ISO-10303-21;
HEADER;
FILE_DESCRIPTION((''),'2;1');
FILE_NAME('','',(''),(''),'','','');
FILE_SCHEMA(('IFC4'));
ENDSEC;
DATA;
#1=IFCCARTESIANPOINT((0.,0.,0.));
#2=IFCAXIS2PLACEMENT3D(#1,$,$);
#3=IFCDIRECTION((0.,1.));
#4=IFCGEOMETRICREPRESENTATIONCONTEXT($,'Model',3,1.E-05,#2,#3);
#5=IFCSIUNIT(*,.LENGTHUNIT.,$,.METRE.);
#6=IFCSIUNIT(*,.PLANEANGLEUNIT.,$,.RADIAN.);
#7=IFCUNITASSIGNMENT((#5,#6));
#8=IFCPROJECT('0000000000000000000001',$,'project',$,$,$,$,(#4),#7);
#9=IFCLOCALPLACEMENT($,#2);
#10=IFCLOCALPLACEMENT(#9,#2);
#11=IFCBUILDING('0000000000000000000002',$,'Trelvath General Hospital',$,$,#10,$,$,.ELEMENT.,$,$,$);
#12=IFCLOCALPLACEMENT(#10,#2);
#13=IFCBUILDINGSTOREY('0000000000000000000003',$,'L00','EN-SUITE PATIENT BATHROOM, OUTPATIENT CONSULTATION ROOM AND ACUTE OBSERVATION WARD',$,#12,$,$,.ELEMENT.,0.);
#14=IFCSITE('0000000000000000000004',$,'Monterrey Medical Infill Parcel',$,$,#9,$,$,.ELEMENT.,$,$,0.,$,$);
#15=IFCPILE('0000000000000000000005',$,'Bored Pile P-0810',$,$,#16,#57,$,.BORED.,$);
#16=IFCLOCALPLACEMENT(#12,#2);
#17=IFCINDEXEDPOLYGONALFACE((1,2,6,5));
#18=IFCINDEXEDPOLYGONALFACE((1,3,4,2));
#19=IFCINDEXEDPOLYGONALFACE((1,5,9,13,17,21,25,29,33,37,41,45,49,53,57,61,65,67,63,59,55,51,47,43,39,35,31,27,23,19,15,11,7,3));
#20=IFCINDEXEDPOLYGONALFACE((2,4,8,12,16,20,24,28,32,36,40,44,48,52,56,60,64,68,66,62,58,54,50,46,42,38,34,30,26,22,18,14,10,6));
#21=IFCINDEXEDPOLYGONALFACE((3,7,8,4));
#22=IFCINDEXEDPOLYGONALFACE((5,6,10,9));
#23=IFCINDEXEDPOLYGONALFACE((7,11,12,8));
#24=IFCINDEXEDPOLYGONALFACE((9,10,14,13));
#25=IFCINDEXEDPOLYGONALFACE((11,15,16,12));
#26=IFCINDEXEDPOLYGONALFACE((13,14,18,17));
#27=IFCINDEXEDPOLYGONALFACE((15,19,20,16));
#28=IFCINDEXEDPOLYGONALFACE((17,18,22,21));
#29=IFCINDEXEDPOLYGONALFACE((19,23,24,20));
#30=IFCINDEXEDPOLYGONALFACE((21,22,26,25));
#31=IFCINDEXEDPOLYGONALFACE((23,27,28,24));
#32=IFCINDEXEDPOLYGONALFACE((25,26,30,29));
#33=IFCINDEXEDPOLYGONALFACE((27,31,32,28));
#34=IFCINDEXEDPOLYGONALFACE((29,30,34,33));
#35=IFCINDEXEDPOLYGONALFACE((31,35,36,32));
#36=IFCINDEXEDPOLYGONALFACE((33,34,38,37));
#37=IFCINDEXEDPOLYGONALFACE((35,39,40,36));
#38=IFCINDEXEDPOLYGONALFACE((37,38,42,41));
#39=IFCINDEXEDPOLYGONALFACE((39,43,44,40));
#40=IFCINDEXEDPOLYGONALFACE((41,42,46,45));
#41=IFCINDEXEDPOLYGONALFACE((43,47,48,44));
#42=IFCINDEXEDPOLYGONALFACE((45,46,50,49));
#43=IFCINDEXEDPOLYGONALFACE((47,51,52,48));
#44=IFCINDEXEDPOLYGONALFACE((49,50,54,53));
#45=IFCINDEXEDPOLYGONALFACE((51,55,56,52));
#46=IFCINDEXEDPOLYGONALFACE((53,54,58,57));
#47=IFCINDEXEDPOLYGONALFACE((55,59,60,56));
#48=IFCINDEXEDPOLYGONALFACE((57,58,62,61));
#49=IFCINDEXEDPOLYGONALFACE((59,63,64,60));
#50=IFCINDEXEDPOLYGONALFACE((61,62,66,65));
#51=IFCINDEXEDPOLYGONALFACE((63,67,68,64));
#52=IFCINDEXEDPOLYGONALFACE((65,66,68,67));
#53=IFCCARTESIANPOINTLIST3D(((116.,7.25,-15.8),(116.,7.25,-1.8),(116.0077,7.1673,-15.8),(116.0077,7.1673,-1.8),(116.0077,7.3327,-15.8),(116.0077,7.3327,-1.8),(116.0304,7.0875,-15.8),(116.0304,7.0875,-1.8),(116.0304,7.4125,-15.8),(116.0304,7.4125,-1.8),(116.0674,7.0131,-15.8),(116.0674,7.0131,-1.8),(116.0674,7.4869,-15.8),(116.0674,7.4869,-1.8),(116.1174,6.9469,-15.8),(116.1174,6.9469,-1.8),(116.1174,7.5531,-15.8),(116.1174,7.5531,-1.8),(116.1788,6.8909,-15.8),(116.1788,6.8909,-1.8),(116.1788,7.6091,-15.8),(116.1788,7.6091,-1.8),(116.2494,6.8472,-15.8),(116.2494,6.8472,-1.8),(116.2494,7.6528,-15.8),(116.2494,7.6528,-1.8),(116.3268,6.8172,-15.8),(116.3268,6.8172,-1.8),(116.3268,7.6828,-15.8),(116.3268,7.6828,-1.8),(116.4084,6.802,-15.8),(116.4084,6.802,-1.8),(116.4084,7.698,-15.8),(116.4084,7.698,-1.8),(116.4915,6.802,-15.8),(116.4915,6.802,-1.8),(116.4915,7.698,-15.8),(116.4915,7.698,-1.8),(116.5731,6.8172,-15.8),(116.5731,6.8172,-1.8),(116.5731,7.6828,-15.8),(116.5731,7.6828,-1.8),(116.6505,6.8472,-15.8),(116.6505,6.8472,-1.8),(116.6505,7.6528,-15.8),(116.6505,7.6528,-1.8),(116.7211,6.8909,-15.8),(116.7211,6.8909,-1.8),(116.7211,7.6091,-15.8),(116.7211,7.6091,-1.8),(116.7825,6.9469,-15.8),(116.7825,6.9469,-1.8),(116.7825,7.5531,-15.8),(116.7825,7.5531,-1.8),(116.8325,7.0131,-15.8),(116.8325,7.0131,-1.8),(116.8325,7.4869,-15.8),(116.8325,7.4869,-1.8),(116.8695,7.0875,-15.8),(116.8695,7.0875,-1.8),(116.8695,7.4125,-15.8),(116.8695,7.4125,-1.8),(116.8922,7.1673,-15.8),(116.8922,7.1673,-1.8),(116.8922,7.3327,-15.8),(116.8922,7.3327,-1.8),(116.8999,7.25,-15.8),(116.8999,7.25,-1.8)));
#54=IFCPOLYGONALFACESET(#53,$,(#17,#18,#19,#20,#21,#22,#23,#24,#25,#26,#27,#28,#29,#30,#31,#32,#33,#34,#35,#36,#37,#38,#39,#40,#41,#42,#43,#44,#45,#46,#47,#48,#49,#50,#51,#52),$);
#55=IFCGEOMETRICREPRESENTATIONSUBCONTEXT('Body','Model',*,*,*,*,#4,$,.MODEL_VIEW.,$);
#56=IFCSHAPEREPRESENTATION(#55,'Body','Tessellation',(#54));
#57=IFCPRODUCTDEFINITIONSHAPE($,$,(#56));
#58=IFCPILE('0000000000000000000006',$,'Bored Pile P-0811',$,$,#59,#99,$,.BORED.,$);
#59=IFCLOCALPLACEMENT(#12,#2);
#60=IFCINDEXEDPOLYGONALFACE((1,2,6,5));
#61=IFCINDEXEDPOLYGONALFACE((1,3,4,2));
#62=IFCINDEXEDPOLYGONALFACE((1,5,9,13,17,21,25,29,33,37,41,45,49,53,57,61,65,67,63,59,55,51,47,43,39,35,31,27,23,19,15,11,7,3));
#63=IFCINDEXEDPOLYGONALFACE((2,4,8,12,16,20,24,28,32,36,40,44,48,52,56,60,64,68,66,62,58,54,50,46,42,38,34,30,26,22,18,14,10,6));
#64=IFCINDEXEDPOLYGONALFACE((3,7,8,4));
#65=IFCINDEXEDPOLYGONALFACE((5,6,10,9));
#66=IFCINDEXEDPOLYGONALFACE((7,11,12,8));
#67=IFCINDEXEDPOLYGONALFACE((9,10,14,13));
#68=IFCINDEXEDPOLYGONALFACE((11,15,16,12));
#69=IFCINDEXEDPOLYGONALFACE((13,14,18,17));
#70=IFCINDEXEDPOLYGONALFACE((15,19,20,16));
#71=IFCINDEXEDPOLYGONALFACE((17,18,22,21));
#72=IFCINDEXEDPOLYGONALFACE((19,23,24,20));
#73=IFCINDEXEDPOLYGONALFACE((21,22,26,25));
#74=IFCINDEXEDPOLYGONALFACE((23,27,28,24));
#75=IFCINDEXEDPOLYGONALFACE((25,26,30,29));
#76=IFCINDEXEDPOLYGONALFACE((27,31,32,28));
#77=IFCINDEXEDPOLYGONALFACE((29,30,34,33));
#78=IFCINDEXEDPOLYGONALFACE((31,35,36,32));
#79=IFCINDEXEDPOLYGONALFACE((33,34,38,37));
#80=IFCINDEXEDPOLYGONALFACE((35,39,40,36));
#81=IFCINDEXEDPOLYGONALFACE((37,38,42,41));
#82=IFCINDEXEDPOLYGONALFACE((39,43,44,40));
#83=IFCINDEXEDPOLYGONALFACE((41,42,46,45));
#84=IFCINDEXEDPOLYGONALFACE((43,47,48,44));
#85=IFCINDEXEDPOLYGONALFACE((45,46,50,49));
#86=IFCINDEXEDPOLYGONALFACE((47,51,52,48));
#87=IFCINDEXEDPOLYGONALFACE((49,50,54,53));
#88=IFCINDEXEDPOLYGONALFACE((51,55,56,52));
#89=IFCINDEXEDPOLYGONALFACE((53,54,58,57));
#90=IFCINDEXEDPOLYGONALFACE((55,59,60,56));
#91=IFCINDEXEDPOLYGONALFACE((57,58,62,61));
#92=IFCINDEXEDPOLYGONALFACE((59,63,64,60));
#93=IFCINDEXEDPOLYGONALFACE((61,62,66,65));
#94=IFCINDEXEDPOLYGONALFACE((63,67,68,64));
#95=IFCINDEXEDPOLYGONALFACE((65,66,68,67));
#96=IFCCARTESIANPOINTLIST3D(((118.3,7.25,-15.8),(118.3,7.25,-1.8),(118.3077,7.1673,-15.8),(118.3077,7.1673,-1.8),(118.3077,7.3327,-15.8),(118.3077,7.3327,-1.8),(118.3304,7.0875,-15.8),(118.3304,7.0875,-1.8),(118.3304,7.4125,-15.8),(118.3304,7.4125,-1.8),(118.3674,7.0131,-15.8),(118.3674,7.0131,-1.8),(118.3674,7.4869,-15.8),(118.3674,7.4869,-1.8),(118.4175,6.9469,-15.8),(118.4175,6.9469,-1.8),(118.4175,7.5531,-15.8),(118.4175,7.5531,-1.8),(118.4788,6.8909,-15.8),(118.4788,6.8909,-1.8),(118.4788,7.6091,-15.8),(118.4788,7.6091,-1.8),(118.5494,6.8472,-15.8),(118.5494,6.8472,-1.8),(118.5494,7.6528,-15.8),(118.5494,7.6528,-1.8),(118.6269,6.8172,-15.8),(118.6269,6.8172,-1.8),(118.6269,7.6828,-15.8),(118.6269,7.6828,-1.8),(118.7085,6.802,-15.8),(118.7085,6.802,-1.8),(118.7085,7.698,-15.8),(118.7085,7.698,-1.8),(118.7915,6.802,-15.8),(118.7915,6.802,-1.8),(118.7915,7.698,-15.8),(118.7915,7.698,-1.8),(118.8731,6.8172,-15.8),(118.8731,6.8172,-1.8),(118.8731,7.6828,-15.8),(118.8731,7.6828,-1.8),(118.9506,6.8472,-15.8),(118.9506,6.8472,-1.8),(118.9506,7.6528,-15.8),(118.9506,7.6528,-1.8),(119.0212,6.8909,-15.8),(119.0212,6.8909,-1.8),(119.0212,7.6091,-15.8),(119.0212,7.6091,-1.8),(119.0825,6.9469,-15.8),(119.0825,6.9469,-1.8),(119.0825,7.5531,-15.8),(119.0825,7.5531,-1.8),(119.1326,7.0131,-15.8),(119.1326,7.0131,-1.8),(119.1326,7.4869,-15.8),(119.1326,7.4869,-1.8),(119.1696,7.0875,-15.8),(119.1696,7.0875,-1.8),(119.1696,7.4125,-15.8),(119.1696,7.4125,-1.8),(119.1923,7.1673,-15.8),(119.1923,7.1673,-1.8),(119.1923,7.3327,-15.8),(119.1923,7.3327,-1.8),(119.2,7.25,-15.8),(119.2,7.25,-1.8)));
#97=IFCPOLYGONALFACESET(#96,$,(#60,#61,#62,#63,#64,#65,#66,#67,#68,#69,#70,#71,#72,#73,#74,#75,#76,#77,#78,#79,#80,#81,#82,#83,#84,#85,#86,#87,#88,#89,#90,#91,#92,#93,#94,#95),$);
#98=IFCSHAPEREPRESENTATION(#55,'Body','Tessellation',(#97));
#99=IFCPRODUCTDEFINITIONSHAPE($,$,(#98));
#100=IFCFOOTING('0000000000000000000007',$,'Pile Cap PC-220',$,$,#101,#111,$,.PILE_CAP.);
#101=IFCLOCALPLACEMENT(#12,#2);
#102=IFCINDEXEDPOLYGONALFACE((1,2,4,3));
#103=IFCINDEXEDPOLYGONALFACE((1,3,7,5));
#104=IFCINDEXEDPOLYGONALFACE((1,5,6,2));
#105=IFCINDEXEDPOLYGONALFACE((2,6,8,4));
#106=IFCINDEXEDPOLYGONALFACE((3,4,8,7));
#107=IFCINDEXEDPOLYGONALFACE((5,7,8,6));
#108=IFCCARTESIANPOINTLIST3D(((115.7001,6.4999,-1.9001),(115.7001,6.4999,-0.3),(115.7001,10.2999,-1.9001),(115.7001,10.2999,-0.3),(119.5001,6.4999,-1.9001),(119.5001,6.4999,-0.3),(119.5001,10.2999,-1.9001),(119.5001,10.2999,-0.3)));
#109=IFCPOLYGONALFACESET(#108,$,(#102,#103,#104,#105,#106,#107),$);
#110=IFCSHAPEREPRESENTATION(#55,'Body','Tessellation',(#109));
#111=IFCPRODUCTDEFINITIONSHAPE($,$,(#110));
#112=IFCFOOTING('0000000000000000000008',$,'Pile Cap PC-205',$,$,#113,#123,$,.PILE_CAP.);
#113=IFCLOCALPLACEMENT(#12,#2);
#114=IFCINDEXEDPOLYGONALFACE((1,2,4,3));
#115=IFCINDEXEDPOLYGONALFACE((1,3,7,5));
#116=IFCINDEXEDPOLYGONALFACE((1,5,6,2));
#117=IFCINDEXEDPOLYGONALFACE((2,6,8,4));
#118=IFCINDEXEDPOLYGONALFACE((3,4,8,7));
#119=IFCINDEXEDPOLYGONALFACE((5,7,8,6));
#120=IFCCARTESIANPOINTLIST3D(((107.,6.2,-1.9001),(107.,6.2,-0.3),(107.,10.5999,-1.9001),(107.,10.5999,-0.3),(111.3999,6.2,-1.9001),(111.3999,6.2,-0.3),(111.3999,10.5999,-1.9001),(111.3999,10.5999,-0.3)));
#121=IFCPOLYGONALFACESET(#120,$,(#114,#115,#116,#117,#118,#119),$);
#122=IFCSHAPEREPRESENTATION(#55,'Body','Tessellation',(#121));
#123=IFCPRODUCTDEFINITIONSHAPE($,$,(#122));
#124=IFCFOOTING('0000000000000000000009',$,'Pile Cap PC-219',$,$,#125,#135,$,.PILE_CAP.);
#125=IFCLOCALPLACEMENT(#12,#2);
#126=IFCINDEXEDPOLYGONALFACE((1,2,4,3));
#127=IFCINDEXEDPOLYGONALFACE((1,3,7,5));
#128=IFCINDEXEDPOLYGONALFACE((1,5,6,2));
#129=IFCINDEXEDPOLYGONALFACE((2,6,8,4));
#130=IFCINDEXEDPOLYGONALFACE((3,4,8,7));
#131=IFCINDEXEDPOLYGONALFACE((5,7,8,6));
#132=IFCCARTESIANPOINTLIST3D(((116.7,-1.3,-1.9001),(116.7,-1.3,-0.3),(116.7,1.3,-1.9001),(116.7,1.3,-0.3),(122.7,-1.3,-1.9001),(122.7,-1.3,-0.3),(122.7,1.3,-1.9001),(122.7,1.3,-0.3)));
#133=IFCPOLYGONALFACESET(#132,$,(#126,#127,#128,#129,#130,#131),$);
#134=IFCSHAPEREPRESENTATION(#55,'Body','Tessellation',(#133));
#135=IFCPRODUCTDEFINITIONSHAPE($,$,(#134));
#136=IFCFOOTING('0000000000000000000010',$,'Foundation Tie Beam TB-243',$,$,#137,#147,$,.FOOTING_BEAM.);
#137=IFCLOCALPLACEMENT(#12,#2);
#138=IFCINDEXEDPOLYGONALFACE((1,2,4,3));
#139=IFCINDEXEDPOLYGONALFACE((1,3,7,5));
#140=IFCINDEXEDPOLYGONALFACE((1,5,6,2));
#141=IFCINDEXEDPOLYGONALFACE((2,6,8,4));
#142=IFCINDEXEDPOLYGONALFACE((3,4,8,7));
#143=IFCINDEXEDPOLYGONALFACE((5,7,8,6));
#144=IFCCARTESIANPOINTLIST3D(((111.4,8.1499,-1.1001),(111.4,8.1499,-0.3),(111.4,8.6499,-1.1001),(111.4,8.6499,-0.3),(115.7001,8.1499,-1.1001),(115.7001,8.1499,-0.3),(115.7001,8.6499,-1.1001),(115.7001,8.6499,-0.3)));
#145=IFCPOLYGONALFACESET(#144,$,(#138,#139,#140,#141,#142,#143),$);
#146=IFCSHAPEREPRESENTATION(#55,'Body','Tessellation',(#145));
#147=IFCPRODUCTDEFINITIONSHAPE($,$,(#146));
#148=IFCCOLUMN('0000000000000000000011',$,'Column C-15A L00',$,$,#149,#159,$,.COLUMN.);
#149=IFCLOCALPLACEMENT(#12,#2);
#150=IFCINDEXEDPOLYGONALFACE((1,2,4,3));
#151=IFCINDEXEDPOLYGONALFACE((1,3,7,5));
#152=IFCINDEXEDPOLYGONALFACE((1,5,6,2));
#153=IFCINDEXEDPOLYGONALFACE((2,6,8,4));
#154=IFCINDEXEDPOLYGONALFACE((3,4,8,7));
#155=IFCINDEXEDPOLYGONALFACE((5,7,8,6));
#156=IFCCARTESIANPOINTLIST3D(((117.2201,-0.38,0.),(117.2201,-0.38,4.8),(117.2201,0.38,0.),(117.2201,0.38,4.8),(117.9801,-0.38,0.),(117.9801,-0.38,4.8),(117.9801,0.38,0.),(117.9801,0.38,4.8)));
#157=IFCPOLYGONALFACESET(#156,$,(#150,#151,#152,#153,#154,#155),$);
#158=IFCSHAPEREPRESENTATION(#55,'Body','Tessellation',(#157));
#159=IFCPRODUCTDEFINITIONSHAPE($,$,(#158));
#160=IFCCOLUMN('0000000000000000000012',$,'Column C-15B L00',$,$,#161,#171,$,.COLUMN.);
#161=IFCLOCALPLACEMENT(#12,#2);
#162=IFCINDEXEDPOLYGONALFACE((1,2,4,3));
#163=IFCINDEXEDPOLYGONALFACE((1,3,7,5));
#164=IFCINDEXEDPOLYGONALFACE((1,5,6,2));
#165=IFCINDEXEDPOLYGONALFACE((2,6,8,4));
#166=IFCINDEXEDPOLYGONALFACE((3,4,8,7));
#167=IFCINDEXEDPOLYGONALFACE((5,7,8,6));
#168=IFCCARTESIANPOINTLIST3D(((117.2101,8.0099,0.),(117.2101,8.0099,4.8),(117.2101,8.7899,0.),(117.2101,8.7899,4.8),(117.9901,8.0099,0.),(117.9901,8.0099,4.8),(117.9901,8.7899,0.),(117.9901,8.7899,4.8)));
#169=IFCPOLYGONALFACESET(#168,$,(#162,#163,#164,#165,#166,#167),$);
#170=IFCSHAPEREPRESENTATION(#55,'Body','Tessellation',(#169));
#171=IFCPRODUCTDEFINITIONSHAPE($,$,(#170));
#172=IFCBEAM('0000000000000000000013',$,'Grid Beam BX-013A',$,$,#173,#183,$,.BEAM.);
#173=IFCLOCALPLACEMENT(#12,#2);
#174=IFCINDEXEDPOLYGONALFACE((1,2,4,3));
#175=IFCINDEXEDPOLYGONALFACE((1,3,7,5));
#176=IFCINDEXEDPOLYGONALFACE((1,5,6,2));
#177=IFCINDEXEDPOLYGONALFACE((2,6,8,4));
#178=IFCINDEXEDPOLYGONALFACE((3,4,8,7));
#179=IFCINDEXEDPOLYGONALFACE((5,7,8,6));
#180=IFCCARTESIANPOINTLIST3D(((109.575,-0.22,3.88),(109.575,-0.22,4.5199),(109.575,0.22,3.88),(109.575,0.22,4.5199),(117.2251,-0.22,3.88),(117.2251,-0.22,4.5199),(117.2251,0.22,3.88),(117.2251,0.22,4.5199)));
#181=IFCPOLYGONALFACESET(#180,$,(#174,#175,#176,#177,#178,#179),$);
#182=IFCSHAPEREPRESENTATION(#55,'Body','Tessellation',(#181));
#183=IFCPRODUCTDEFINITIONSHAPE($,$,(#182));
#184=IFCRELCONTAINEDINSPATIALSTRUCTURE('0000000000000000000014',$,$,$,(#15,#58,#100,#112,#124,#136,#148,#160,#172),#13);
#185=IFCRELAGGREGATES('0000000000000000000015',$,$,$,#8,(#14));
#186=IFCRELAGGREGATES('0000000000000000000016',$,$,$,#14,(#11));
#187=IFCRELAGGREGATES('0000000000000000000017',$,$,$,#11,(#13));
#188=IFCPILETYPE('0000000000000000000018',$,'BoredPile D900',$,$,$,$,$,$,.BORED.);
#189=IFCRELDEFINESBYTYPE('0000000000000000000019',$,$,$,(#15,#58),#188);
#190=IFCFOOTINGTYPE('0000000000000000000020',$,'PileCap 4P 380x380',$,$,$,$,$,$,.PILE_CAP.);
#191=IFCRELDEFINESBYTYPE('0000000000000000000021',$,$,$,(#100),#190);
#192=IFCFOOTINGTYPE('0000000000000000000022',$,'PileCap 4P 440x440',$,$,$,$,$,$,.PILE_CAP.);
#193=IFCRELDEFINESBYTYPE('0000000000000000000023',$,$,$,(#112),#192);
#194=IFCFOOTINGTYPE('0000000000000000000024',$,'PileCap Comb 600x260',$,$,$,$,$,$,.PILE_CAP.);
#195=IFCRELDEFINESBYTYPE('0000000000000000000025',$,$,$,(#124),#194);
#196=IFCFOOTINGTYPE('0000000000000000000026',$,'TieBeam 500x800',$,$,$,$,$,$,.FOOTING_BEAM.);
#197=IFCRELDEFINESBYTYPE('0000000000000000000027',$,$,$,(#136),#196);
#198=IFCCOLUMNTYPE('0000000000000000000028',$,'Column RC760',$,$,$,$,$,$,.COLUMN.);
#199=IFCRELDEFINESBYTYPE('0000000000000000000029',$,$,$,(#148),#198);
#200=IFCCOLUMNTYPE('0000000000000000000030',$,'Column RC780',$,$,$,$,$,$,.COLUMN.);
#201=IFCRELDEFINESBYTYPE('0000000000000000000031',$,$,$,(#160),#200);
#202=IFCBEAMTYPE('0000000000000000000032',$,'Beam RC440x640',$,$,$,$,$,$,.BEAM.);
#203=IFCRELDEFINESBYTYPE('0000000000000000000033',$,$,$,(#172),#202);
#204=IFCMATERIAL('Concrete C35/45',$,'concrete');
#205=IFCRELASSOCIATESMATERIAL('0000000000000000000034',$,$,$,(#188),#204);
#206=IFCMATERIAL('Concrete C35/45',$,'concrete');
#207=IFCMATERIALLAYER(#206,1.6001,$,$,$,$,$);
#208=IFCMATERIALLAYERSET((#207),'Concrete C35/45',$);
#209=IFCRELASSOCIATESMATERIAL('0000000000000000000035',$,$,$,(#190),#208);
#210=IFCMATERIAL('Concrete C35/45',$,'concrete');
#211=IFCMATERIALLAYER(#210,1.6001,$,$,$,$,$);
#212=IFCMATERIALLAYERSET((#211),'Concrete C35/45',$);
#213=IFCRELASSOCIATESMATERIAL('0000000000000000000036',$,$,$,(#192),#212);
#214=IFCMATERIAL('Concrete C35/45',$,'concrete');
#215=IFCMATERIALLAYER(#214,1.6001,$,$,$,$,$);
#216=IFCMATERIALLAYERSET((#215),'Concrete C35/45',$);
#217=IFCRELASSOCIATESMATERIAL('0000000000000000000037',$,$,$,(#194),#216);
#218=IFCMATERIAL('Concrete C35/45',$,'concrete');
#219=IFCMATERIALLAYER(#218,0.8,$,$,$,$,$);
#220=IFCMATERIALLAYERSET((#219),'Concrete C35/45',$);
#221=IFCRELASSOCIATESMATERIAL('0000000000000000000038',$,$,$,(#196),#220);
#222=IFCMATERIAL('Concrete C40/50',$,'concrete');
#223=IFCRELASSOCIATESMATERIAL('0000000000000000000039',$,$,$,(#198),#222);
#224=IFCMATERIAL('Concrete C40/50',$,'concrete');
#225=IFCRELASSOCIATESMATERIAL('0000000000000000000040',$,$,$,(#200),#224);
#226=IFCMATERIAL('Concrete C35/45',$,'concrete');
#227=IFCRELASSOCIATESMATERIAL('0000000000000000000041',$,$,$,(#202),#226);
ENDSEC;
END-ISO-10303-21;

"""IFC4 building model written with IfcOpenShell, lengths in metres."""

from ifc_helpers import new_model, si_unit, direction, frame, origin, origin_2d, place, context, subcontext, project, spatial, rectangle, circle, extrude, material, layer, layer_set, material_profile, profile_set, type_object, element, save


model = new_model("IFC4")

# Units and contexts
model_context = context("Model", 3, precision=1e-05, world=origin(), true_north=direction((0.0, 1.0)))
body_context = subcontext(model_context, "Body", "Model", "MODEL_VIEW")
ifc_project = project(units=[si_unit("LENGTHUNIT", "METRE"), si_unit("PLANEANGLEUNIT", "RADIAN")], contexts=[model_context])

# Site, building, storey
site_placement = place(None, origin())
site = spatial("IfcSite", under=ifc_project, at=site_placement, Name="Monterrey Medical Infill Parcel", CompositionType="ELEMENT", RefElevation=0.0)
building_placement = place(site_placement, origin())
building = spatial("IfcBuilding", under=site, at=building_placement, Name="Trelvath General Hospital", CompositionType="ELEMENT")
storey_placement = place(building_placement, origin())
storey = spatial("IfcBuildingStorey", under=building, at=storey_placement, Name="L00", Description="EN-SUITE PATIENT BATHROOM, OUTPATIENT CONSULTATION ROOM AND ACUTE OBSERVATION WARD", CompositionType="ELEMENT", Elevation=0.0)

# Piles
ifc_material_1 = material(Name="Concrete C35/45", Category="concrete")
ifc_material_profile_1 = material_profile(ifc_material_1, circle(Radius=0.45, at=origin_2d()), Name="PILE900")
ifc_profile_set_1 = profile_set([ifc_material_profile_1], Name="Concrete C35/45")
pile_type_1 = type_object("IfcPileType", Name="BoredPile D900", PredefinedType="BORED", material=ifc_profile_set_1)
for number, where, z_axis, x_axis, name in (
    (1, (116.45, 7.25, -1.8), (0.0, 0.0, -1.0), (1.0, 0.0, 0.0), "Bored Pile P-0810"),
    (2, (118.75, 7.25, -1.8), (0.0, 0.0, -1.0), (1.0, 0.0, 0.0), "Bored Pile P-0811"),
):
    element("IfcPile", number, at=place(storey_placement, frame(where, z_axis=z_axis, x_axis=x_axis)), inside=storey, type_object=pile_type_1, Name=name, PredefinedType="BORED", context=body_context, shape_type="SweptSolid", body=[
        extrude(circle(Radius=0.45, at=origin_2d()), origin(), (0.0, 0.0, 1.0), 14.0),
    ])

# Footings
ifc_material_2 = material(Name="Concrete C35/45", Category="concrete")
ifc_layer_1 = layer(ifc_material_2, 1.6001)
ifc_layer_set_1 = layer_set([ifc_layer_1], Name="Concrete C35/45")
footing_type_1 = type_object("IfcFootingType", Name="PileCap 4P 380x380", PredefinedType="PILE_CAP", material=ifc_layer_set_1)
footing_1_placement = place(storey_placement, frame((117.6001, 8.3999, -1.9001), z_axis=(0.0, 0.0, 1.0), x_axis=(1.0, 0.0, 0.0)))
element("IfcFooting", 3, at=footing_1_placement, inside=storey, type_object=footing_type_1, Name="Pile Cap PC-220", PredefinedType="PILE_CAP", context=body_context, shape_type="SweptSolid", body=[
    extrude(rectangle(XDim=3.8, YDim=3.8, at=origin_2d()), origin(), (0.0, 0.0, 1.0), 1.6001),
])
ifc_material_3 = material(Name="Concrete C35/45", Category="concrete")
ifc_layer_2 = layer(ifc_material_3, 1.6001)
ifc_layer_set_2 = layer_set([ifc_layer_2], Name="Concrete C35/45")
footing_type_2 = type_object("IfcFootingType", Name="PileCap 4P 440x440", PredefinedType="PILE_CAP", material=ifc_layer_set_2)
footing_2_placement = place(storey_placement, frame((109.2, 8.3999, -1.9001), z_axis=(0.0, 0.0, 1.0), x_axis=(1.0, 0.0, 0.0)))
element("IfcFooting", 4, at=footing_2_placement, inside=storey, type_object=footing_type_2, Name="Pile Cap PC-205", PredefinedType="PILE_CAP", context=body_context, shape_type="SweptSolid", body=[
    extrude(rectangle(XDim=4.3999, YDim=4.3999, at=origin_2d()), origin(), (0.0, 0.0, 1.0), 1.6001),
])
ifc_material_4 = material(Name="Concrete C35/45", Category="concrete")
ifc_layer_3 = layer(ifc_material_4, 1.6001)
ifc_layer_set_3 = layer_set([ifc_layer_3], Name="Concrete C35/45")
footing_type_3 = type_object("IfcFootingType", Name="PileCap Comb 600x260", PredefinedType="PILE_CAP", material=ifc_layer_set_3)
footing_3_placement = place(storey_placement, frame((119.7, 0.0, -1.9001), z_axis=(0.0, 0.0, 1.0), x_axis=(1.0, 0.0, 0.0)))
element("IfcFooting", 5, at=footing_3_placement, inside=storey, type_object=footing_type_3, Name="Pile Cap PC-219", PredefinedType="PILE_CAP", context=body_context, shape_type="SweptSolid", body=[
    extrude(rectangle(XDim=6.0, YDim=2.6001, at=origin_2d()), origin(), (0.0, 0.0, 1.0), 1.6001),
])
ifc_material_5 = material(Name="Concrete C35/45", Category="concrete")
ifc_layer_4 = layer(ifc_material_5, 0.8)
ifc_layer_set_4 = layer_set([ifc_layer_4], Name="Concrete C35/45")
footing_type_4 = type_object("IfcFootingType", Name="TieBeam 500x800", PredefinedType="FOOTING_BEAM", material=ifc_layer_set_4)
footing_4_placement = place(storey_placement, frame((113.55, 8.3999, -1.1001), z_axis=(0.0, 0.0, 1.0), x_axis=(1.0, 0.0, 0.0)))
element("IfcFooting", 6, at=footing_4_placement, inside=storey, type_object=footing_type_4, Name="Foundation Tie Beam TB-243", PredefinedType="FOOTING_BEAM", context=body_context, shape_type="SweptSolid", body=[
    extrude(rectangle(XDim=4.3, YDim=0.5, at=origin_2d()), origin(), (0.0, 0.0, 1.0), 0.8),
])

# Columns
ifc_material_6 = material(Name="Concrete C40/50", Category="concrete")
ifc_material_profile_2 = material_profile(ifc_material_6, rectangle(XDim=0.76, YDim=0.76, at=origin_2d()), Name="RC760x760")
ifc_profile_set_2 = profile_set([ifc_material_profile_2], Name="Concrete C40/50")
column_type_1 = type_object("IfcColumnType", Name="Column RC760", PredefinedType="COLUMN", material=ifc_profile_set_2)
column_1_placement = place(storey_placement, frame((117.6001, 0.0, 0.0), z_axis=(0.0, 0.0, 1.0), x_axis=(1.0, 0.0, 0.0)))
element("IfcColumn", 7, at=column_1_placement, inside=storey, type_object=column_type_1, Name="Column C-15A L00", PredefinedType="COLUMN", context=body_context, shape_type="SweptSolid", body=[
    extrude(rectangle(XDim=0.76, YDim=0.76, at=origin_2d()), origin(), (0.0, 0.0, 1.0), 4.8),
])
ifc_material_7 = material(Name="Concrete C40/50", Category="concrete")
ifc_material_profile_3 = material_profile(ifc_material_7, rectangle(XDim=0.78, YDim=0.78, at=origin_2d()), Name="RC780x780")
ifc_profile_set_3 = profile_set([ifc_material_profile_3], Name="Concrete C40/50")
column_type_2 = type_object("IfcColumnType", Name="Column RC780", PredefinedType="COLUMN", material=ifc_profile_set_3)
column_2_placement = place(storey_placement, frame((117.6001, 8.3999, 0.0), z_axis=(0.0, 0.0, 1.0), x_axis=(1.0, 0.0, 0.0)))
element("IfcColumn", 8, at=column_2_placement, inside=storey, type_object=column_type_2, Name="Column C-15B L00", PredefinedType="COLUMN", context=body_context, shape_type="SweptSolid", body=[
    extrude(rectangle(XDim=0.78, YDim=0.78, at=origin_2d()), origin(), (0.0, 0.0, 1.0), 4.8),
])

# Beam
ifc_material_8 = material(Name="Concrete C35/45", Category="concrete")
ifc_material_profile_4 = material_profile(ifc_material_8, rectangle(XDim=0.4399, YDim=0.6399, at=origin_2d()), Name="RCB440x640")
ifc_profile_set_4 = profile_set([ifc_material_profile_4], Name="Concrete C35/45")
beam_type_1 = type_object("IfcBeamType", Name="Beam RC440x640", PredefinedType="BEAM", material=ifc_profile_set_4)
beam_1_placement = place(storey_placement, frame((109.575, 0.0, 4.2), z_axis=(1.0, 0.0, 0.0), x_axis=(0.0, 1.0, 0.0)))
element("IfcBeam", 9, at=beam_1_placement, inside=storey, type_object=beam_type_1, Name="Grid Beam BX-013A", PredefinedType="BEAM", context=body_context, shape_type="SweptSolid", body=[
    extrude(rectangle(XDim=0.4399, YDim=0.6399, at=origin_2d()), origin(), (0.0, 0.0, 1.0), 7.6501),
])

save(model, "model.ifc")
